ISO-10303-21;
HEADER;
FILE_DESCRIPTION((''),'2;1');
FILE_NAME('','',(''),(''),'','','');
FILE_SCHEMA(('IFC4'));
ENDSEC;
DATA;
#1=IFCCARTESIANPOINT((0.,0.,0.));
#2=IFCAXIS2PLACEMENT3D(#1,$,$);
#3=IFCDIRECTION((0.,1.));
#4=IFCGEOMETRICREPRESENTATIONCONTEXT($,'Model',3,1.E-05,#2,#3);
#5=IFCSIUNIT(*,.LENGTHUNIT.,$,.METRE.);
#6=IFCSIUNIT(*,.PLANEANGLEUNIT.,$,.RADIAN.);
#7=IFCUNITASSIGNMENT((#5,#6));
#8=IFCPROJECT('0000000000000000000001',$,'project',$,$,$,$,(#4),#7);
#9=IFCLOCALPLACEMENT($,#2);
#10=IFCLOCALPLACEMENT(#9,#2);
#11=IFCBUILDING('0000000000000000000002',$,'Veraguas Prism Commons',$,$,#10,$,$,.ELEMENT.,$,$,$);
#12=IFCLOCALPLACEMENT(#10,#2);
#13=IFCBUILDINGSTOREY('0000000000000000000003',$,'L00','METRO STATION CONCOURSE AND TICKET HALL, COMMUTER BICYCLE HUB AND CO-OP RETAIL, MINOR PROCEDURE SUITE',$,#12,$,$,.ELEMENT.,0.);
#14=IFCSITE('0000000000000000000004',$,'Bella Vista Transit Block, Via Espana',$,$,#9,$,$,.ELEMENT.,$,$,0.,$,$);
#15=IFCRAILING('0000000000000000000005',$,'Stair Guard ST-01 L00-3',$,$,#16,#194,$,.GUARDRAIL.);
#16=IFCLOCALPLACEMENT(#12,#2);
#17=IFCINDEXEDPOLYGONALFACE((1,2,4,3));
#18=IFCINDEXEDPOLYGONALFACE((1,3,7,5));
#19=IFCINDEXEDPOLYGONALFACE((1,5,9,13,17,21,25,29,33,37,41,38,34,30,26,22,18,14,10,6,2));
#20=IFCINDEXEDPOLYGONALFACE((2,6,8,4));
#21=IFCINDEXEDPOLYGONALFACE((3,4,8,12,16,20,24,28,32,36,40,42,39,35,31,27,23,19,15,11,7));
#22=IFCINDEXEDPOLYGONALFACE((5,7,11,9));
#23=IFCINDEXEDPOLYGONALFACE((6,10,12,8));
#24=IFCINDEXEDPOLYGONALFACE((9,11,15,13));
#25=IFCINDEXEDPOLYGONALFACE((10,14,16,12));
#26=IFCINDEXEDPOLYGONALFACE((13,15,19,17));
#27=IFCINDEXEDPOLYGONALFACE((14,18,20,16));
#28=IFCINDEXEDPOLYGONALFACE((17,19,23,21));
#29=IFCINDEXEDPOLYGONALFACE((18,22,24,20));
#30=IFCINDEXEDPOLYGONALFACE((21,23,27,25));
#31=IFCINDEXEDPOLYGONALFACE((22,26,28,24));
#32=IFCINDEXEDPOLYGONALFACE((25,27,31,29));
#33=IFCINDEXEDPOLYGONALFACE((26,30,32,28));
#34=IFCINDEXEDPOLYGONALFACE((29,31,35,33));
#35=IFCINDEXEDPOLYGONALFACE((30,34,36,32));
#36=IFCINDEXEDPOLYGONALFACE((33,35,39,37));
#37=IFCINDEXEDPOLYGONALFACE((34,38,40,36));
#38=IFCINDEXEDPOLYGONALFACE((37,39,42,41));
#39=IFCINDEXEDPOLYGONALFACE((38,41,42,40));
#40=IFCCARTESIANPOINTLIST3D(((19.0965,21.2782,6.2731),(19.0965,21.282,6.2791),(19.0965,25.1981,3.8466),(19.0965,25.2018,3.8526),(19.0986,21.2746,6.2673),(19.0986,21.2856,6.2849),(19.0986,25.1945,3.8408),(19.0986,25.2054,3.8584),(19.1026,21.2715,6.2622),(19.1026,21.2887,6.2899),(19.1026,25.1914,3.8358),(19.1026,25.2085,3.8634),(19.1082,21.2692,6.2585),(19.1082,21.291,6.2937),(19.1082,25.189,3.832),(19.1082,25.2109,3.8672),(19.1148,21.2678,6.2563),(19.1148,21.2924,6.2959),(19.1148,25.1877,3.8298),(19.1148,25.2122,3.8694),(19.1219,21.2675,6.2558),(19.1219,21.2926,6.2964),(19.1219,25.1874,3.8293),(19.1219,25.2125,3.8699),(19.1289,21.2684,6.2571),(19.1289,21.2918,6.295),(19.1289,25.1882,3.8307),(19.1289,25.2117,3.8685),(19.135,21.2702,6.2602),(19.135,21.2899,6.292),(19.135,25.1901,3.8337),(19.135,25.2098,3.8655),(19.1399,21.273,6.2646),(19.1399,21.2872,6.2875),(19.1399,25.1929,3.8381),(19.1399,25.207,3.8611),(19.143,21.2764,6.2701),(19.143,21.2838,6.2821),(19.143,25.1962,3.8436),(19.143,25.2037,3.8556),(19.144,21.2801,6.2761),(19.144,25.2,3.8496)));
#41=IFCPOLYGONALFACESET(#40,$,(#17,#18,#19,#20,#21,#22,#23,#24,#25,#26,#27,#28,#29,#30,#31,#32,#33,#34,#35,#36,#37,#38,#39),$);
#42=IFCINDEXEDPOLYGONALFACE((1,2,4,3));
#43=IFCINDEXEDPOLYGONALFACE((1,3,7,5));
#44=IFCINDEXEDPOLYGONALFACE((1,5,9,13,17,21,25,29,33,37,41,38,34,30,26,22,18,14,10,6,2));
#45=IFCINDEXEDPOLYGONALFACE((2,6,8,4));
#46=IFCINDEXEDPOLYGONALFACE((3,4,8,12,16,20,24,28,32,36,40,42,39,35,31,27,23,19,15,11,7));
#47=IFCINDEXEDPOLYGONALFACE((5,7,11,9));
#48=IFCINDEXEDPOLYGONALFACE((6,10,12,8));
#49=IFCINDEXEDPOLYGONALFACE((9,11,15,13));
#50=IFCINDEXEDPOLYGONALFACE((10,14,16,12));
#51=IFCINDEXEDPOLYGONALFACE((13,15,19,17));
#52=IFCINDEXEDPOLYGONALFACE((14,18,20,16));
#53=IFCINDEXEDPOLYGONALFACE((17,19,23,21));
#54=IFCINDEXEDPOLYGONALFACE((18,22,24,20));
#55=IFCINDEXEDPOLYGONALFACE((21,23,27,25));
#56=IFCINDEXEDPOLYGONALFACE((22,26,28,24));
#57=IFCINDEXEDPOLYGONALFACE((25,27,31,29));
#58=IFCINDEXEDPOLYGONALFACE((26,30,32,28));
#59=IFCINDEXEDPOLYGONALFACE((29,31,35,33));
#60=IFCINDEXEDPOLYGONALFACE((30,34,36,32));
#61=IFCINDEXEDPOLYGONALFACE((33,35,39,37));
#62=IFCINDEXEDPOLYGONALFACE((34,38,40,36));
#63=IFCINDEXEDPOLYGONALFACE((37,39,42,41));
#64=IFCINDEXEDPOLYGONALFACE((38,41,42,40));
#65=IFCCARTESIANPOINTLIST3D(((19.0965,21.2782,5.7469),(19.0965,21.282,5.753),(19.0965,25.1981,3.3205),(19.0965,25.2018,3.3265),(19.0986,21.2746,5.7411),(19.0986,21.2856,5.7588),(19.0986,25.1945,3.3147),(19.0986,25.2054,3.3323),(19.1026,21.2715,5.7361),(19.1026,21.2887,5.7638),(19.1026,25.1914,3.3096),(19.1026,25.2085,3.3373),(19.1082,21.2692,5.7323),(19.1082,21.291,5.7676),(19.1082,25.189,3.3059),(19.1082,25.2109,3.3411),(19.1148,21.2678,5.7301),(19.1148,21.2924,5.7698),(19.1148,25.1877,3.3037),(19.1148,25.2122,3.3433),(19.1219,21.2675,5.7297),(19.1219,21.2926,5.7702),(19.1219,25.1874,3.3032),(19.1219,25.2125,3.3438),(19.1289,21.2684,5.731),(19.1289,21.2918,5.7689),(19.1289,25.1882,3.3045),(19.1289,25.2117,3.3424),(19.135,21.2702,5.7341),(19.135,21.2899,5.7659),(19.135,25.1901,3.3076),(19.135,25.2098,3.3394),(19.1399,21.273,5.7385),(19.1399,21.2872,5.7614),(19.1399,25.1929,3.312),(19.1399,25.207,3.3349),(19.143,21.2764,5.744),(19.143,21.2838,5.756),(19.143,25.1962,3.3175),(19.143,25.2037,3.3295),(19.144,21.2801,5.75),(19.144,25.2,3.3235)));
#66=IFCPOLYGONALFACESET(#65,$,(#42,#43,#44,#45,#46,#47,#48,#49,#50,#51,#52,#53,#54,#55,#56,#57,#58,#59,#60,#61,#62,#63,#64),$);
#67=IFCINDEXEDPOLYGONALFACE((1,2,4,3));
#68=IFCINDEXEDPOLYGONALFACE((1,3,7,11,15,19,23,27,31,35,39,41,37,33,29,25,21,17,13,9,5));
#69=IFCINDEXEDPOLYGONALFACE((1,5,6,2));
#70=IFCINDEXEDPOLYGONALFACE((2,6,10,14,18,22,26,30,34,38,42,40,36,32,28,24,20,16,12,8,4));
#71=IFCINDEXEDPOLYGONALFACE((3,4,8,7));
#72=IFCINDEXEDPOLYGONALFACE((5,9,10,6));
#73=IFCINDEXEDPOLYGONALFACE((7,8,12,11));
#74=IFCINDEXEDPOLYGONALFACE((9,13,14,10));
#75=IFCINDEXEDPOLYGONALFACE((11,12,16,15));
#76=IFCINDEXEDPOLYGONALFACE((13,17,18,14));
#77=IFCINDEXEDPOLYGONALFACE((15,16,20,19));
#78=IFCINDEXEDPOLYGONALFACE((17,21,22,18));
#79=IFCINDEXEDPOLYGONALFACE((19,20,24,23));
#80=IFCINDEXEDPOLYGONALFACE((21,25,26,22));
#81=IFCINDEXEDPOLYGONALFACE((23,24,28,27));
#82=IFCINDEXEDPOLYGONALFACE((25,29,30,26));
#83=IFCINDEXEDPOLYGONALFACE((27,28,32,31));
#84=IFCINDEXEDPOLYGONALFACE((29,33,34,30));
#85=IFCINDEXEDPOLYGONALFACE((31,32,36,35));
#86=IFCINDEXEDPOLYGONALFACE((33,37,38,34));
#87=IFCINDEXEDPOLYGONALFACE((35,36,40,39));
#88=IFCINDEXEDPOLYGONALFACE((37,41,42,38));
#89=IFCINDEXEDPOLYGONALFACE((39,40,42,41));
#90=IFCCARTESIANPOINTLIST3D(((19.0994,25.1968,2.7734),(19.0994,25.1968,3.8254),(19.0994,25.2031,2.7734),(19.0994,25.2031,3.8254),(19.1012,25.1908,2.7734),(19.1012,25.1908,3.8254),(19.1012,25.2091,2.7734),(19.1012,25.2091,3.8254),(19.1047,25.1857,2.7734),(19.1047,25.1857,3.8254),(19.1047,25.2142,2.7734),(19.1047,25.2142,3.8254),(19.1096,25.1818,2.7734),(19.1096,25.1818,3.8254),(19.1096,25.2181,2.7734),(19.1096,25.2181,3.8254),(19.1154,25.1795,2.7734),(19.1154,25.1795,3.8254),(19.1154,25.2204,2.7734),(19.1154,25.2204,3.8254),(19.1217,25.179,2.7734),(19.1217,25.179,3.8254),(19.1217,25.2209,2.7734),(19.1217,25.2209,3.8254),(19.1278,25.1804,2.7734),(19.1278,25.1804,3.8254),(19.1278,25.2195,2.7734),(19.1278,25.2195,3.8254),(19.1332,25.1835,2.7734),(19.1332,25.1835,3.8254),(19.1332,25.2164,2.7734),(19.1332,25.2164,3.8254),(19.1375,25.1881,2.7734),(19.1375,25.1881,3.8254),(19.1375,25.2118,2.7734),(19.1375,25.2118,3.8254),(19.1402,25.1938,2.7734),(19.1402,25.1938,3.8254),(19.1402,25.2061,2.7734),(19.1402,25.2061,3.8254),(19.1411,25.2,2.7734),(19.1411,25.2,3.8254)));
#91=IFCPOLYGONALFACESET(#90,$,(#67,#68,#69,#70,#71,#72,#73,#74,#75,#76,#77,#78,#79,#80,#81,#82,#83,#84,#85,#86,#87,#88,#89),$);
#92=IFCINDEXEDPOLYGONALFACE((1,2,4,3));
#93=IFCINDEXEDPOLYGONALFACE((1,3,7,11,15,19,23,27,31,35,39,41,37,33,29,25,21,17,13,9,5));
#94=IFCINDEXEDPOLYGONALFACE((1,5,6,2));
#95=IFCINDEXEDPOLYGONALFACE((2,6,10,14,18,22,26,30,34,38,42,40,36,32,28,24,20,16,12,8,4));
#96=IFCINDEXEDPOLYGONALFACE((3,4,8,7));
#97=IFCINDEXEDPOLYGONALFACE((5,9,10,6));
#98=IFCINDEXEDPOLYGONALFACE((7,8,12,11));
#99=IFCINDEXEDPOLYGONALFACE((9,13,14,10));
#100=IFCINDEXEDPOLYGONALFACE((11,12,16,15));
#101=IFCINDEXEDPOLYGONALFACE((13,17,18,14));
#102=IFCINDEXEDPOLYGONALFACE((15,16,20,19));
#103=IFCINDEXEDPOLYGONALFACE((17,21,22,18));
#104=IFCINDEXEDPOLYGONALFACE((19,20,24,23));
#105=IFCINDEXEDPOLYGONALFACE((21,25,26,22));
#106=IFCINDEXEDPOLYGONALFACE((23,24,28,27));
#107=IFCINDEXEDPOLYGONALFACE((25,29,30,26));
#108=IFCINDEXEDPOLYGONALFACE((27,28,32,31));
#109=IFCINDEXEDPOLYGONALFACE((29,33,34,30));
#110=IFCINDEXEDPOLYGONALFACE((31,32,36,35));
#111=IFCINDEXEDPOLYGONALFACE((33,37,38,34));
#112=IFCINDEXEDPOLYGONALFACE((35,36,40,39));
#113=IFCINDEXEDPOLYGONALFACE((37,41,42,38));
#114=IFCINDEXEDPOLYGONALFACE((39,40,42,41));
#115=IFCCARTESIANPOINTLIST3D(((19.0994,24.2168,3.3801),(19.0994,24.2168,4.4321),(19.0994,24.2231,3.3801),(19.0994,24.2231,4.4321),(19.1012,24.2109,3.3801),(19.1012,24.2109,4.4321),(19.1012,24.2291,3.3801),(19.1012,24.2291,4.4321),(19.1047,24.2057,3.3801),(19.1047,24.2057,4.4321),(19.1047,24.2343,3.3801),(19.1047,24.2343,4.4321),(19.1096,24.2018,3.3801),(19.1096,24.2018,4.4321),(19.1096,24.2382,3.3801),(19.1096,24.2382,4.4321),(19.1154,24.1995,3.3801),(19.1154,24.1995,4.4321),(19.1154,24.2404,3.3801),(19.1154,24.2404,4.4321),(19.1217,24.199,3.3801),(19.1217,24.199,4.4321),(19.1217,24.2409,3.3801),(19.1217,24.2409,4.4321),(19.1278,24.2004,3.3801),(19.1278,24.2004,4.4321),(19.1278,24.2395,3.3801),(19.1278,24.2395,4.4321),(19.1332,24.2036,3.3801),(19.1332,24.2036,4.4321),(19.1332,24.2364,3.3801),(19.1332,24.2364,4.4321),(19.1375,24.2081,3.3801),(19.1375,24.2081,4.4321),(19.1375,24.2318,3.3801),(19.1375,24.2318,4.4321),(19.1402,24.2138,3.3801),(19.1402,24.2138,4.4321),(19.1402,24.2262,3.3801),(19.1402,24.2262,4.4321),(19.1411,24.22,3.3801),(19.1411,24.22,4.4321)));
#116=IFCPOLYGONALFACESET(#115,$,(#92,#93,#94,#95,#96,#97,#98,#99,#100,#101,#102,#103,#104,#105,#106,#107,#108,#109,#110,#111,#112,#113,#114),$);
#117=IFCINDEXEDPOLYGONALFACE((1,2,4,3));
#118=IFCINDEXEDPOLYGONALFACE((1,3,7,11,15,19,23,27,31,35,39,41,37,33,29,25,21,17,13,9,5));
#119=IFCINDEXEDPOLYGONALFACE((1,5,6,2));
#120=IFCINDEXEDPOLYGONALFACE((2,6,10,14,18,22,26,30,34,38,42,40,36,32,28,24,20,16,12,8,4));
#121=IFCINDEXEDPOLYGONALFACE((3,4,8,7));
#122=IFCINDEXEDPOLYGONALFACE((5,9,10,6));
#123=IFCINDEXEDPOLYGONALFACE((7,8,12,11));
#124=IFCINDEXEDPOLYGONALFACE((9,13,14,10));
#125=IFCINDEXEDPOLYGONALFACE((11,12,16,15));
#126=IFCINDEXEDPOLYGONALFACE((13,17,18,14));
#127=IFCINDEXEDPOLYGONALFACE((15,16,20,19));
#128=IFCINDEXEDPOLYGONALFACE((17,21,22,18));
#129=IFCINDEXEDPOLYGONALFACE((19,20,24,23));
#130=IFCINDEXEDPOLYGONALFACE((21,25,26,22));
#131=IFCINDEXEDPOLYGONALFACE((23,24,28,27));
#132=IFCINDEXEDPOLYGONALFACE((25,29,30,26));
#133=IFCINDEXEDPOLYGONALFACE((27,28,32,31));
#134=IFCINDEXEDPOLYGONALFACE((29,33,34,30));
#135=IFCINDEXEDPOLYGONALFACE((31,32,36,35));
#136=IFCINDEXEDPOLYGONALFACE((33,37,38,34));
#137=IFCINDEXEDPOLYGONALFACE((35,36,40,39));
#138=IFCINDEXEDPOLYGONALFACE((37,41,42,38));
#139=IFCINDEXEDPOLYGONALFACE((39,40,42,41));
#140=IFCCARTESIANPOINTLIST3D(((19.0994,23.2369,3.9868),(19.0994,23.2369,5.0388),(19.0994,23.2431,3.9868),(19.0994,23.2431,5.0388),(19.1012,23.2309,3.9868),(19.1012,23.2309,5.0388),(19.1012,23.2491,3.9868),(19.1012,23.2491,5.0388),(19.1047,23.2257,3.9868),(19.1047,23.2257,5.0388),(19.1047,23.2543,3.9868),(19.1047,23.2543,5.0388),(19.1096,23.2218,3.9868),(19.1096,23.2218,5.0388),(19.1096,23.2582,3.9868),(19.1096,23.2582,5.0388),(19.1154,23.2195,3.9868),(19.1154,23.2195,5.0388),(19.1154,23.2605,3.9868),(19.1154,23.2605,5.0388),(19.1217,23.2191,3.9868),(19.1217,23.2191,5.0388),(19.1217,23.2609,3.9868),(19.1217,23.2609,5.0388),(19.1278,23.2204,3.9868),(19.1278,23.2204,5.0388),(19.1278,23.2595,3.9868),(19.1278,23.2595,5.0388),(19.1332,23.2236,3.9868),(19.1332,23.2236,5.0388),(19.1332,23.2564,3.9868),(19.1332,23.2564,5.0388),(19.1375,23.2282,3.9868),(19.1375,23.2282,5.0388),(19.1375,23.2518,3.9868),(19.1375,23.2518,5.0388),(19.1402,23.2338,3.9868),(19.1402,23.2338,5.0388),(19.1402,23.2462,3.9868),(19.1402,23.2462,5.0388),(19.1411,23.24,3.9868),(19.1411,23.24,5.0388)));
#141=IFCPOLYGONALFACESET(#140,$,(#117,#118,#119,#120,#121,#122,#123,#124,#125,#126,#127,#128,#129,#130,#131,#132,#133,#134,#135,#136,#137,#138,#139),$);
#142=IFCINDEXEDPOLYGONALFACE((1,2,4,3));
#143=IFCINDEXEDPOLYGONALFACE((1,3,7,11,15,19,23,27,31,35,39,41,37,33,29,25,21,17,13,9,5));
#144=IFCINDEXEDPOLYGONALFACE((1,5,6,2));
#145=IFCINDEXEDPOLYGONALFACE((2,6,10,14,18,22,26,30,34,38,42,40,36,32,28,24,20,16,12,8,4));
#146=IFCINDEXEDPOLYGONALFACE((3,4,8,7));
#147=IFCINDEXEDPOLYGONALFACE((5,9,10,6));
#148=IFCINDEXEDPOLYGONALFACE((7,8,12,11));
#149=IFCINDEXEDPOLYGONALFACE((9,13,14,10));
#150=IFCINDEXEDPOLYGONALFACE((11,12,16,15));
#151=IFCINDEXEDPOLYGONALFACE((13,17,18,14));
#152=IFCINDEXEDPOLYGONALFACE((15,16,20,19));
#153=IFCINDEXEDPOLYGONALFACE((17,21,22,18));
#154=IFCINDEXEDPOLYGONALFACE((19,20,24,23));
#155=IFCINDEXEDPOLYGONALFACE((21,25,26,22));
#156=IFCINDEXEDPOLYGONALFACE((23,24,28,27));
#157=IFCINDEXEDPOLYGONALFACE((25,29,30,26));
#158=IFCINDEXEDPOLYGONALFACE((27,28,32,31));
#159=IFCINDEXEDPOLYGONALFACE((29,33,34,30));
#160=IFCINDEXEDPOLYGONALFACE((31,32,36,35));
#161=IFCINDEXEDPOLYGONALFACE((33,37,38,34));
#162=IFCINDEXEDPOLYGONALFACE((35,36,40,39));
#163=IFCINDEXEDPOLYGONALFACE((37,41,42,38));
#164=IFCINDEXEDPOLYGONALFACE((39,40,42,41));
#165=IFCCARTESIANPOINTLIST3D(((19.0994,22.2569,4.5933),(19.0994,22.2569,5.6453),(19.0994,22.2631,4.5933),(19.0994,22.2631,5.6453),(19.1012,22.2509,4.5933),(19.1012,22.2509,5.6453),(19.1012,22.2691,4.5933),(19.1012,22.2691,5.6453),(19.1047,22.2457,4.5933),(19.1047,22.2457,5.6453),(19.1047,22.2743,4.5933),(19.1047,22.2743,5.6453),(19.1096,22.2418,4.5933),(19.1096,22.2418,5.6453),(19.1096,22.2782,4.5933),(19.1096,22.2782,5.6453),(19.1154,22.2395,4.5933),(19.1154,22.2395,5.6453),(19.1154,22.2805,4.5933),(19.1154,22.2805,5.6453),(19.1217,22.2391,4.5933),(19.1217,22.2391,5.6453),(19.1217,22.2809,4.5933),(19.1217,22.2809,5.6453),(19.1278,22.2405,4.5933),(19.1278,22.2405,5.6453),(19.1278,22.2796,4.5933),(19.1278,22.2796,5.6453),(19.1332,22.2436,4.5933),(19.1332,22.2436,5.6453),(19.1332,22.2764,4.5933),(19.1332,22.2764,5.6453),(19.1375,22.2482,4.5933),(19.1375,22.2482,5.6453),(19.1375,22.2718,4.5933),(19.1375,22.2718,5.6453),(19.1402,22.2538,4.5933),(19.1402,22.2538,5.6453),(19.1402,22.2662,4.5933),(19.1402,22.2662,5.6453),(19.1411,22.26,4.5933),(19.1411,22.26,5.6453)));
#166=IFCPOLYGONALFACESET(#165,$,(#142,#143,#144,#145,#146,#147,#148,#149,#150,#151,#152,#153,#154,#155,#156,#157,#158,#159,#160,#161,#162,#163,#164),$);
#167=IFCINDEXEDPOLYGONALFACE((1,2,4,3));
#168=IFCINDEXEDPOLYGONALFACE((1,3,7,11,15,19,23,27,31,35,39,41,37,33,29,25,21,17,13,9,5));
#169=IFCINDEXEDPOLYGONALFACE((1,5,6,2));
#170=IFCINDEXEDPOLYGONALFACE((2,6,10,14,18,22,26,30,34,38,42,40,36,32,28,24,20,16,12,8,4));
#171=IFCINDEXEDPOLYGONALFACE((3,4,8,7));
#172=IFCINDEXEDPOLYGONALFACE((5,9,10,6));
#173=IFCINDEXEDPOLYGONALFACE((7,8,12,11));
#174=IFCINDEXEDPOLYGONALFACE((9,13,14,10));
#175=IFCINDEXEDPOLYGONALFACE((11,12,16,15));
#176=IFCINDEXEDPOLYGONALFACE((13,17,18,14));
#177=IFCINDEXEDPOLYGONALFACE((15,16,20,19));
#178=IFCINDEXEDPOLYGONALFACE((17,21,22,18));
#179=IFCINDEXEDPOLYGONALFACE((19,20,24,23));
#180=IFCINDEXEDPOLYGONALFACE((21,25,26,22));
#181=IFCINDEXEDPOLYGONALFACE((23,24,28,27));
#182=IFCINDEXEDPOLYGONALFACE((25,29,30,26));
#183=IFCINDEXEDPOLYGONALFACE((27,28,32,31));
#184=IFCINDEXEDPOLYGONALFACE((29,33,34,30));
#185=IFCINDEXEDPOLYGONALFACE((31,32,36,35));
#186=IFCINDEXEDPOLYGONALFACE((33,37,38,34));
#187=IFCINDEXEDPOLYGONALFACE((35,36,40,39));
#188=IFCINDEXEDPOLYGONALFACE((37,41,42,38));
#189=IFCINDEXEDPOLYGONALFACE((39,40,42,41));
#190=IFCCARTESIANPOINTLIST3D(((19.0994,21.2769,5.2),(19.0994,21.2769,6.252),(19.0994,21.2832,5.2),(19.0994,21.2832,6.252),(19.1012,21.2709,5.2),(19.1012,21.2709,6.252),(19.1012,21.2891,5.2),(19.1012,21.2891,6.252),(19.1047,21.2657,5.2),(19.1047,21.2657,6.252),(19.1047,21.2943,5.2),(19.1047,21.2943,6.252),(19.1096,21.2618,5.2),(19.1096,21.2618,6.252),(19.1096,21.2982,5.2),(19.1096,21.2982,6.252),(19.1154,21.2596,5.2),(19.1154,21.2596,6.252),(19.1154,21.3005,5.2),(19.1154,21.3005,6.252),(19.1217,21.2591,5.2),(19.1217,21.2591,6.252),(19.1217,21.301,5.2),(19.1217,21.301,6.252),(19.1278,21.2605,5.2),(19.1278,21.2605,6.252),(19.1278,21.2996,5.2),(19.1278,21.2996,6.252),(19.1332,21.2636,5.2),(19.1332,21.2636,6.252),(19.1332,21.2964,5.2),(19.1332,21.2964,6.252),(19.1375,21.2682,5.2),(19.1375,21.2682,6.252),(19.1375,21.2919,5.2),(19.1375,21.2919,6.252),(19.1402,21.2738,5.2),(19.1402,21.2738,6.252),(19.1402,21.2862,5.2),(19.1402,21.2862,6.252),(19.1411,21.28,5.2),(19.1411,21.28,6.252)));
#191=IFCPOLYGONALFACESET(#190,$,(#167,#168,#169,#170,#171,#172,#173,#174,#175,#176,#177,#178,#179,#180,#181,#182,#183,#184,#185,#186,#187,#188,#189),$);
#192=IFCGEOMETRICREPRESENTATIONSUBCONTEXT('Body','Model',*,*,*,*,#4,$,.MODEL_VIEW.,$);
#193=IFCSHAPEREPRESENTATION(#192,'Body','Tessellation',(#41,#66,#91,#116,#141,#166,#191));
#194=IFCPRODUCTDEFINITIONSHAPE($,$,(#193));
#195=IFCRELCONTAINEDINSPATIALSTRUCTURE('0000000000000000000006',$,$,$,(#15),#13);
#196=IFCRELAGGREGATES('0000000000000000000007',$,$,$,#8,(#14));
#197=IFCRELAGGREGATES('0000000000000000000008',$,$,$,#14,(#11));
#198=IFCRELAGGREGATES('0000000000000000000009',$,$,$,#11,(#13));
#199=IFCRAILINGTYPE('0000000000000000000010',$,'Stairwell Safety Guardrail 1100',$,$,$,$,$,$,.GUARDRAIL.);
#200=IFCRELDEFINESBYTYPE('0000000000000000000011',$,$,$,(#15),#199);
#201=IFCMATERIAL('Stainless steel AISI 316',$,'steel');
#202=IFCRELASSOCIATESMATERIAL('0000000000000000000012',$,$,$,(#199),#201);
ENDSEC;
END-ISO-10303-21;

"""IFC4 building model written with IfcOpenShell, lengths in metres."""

from ifc_helpers import new_model, si_unit, direction, frame, origin, origin_2d, place, context, subcontext, project, spatial, circle, extrude, material, type_object, element, save


model = new_model("IFC4")

# Units and contexts
model_context = context("Model", 3, precision=1e-05, world=origin(), true_north=direction((0.0, 1.0)))
body_context = subcontext(model_context, "Body", "Model", "MODEL_VIEW")
ifc_project = project(units=[si_unit("LENGTHUNIT", "METRE"), si_unit("PLANEANGLEUNIT", "RADIAN")], contexts=[model_context])

# Site, building, storey
site_placement = place(None, origin())
site = spatial("IfcSite", under=ifc_project, at=site_placement, Name="Bella Vista Transit Block, Via Espana", CompositionType="ELEMENT", RefElevation=0.0)
building_placement = place(site_placement, origin())
building = spatial("IfcBuilding", under=site, at=building_placement, Name="Veraguas Prism Commons", CompositionType="ELEMENT")
storey_placement = place(building_placement, origin())
storey = spatial("IfcBuildingStorey", under=building, at=storey_placement, Name="L00", Description="METRO STATION CONCOURSE AND TICKET HALL, COMMUTER BICYCLE HUB AND CO-OP RETAIL, MINOR PROCEDURE SUITE", CompositionType="ELEMENT", Elevation=0.0)

# Shared definitions
ifc_material_1 = material(Name="Stainless steel AISI 316", Category="steel")

# Railing
railing_type_1 = type_object("IfcRailingType", Name="Stairwell Safety Guardrail 1100", PredefinedType="GUARDRAIL", material=ifc_material_1)
railing_1_placement = place(storey_placement, frame((19.1201, 25.2, 2.7734)))
element("IfcRailing", 1, at=railing_1_placement, inside=storey, type_object=railing_type_1, Name="Stair Guard ST-01 L00-3", PredefinedType="GUARDRAIL", context=body_context, shape_type="SweptSolid", body=[
    extrude(circle(Radius=0.0239, at=origin_2d()), frame((0.0, 0.0, 1.0762), z_axis=(0.0, -0.850275, 0.526338), x_axis=(1.0, 0.0, 0.0)), (0.0, 0.0, 1.0), 4.6101),
    extrude(circle(Radius=0.0239, at=origin_2d()), frame((0.0, 0.0, 0.55), z_axis=(0.0, -0.850275, 0.526338), x_axis=(1.0, 0.0, 0.0)), (0.0, 0.0, 1.0), 4.6101),
    extrude(circle(Radius=0.021, at=origin_2d()), origin(), (0.0, 0.0, 1.0), 1.052),
    extrude(circle(Radius=0.021, at=origin_2d()), frame((0.0, -0.98, 0.6067)), (0.0, 0.0, 1.0), 1.052),
    extrude(circle(Radius=0.021, at=origin_2d()), frame((0.0, -1.96, 1.2134)), (0.0, 0.0, 1.0), 1.052),
    extrude(circle(Radius=0.021, at=origin_2d()), frame((0.0, -2.9399, 1.8198)), (0.0, 0.0, 1.0), 1.052),
    extrude(circle(Radius=0.021, at=origin_2d()), frame((0.0, -3.9199, 2.4265)), (0.0, 0.0, 1.0), 1.052),
])

save(model, "model.ifc")
